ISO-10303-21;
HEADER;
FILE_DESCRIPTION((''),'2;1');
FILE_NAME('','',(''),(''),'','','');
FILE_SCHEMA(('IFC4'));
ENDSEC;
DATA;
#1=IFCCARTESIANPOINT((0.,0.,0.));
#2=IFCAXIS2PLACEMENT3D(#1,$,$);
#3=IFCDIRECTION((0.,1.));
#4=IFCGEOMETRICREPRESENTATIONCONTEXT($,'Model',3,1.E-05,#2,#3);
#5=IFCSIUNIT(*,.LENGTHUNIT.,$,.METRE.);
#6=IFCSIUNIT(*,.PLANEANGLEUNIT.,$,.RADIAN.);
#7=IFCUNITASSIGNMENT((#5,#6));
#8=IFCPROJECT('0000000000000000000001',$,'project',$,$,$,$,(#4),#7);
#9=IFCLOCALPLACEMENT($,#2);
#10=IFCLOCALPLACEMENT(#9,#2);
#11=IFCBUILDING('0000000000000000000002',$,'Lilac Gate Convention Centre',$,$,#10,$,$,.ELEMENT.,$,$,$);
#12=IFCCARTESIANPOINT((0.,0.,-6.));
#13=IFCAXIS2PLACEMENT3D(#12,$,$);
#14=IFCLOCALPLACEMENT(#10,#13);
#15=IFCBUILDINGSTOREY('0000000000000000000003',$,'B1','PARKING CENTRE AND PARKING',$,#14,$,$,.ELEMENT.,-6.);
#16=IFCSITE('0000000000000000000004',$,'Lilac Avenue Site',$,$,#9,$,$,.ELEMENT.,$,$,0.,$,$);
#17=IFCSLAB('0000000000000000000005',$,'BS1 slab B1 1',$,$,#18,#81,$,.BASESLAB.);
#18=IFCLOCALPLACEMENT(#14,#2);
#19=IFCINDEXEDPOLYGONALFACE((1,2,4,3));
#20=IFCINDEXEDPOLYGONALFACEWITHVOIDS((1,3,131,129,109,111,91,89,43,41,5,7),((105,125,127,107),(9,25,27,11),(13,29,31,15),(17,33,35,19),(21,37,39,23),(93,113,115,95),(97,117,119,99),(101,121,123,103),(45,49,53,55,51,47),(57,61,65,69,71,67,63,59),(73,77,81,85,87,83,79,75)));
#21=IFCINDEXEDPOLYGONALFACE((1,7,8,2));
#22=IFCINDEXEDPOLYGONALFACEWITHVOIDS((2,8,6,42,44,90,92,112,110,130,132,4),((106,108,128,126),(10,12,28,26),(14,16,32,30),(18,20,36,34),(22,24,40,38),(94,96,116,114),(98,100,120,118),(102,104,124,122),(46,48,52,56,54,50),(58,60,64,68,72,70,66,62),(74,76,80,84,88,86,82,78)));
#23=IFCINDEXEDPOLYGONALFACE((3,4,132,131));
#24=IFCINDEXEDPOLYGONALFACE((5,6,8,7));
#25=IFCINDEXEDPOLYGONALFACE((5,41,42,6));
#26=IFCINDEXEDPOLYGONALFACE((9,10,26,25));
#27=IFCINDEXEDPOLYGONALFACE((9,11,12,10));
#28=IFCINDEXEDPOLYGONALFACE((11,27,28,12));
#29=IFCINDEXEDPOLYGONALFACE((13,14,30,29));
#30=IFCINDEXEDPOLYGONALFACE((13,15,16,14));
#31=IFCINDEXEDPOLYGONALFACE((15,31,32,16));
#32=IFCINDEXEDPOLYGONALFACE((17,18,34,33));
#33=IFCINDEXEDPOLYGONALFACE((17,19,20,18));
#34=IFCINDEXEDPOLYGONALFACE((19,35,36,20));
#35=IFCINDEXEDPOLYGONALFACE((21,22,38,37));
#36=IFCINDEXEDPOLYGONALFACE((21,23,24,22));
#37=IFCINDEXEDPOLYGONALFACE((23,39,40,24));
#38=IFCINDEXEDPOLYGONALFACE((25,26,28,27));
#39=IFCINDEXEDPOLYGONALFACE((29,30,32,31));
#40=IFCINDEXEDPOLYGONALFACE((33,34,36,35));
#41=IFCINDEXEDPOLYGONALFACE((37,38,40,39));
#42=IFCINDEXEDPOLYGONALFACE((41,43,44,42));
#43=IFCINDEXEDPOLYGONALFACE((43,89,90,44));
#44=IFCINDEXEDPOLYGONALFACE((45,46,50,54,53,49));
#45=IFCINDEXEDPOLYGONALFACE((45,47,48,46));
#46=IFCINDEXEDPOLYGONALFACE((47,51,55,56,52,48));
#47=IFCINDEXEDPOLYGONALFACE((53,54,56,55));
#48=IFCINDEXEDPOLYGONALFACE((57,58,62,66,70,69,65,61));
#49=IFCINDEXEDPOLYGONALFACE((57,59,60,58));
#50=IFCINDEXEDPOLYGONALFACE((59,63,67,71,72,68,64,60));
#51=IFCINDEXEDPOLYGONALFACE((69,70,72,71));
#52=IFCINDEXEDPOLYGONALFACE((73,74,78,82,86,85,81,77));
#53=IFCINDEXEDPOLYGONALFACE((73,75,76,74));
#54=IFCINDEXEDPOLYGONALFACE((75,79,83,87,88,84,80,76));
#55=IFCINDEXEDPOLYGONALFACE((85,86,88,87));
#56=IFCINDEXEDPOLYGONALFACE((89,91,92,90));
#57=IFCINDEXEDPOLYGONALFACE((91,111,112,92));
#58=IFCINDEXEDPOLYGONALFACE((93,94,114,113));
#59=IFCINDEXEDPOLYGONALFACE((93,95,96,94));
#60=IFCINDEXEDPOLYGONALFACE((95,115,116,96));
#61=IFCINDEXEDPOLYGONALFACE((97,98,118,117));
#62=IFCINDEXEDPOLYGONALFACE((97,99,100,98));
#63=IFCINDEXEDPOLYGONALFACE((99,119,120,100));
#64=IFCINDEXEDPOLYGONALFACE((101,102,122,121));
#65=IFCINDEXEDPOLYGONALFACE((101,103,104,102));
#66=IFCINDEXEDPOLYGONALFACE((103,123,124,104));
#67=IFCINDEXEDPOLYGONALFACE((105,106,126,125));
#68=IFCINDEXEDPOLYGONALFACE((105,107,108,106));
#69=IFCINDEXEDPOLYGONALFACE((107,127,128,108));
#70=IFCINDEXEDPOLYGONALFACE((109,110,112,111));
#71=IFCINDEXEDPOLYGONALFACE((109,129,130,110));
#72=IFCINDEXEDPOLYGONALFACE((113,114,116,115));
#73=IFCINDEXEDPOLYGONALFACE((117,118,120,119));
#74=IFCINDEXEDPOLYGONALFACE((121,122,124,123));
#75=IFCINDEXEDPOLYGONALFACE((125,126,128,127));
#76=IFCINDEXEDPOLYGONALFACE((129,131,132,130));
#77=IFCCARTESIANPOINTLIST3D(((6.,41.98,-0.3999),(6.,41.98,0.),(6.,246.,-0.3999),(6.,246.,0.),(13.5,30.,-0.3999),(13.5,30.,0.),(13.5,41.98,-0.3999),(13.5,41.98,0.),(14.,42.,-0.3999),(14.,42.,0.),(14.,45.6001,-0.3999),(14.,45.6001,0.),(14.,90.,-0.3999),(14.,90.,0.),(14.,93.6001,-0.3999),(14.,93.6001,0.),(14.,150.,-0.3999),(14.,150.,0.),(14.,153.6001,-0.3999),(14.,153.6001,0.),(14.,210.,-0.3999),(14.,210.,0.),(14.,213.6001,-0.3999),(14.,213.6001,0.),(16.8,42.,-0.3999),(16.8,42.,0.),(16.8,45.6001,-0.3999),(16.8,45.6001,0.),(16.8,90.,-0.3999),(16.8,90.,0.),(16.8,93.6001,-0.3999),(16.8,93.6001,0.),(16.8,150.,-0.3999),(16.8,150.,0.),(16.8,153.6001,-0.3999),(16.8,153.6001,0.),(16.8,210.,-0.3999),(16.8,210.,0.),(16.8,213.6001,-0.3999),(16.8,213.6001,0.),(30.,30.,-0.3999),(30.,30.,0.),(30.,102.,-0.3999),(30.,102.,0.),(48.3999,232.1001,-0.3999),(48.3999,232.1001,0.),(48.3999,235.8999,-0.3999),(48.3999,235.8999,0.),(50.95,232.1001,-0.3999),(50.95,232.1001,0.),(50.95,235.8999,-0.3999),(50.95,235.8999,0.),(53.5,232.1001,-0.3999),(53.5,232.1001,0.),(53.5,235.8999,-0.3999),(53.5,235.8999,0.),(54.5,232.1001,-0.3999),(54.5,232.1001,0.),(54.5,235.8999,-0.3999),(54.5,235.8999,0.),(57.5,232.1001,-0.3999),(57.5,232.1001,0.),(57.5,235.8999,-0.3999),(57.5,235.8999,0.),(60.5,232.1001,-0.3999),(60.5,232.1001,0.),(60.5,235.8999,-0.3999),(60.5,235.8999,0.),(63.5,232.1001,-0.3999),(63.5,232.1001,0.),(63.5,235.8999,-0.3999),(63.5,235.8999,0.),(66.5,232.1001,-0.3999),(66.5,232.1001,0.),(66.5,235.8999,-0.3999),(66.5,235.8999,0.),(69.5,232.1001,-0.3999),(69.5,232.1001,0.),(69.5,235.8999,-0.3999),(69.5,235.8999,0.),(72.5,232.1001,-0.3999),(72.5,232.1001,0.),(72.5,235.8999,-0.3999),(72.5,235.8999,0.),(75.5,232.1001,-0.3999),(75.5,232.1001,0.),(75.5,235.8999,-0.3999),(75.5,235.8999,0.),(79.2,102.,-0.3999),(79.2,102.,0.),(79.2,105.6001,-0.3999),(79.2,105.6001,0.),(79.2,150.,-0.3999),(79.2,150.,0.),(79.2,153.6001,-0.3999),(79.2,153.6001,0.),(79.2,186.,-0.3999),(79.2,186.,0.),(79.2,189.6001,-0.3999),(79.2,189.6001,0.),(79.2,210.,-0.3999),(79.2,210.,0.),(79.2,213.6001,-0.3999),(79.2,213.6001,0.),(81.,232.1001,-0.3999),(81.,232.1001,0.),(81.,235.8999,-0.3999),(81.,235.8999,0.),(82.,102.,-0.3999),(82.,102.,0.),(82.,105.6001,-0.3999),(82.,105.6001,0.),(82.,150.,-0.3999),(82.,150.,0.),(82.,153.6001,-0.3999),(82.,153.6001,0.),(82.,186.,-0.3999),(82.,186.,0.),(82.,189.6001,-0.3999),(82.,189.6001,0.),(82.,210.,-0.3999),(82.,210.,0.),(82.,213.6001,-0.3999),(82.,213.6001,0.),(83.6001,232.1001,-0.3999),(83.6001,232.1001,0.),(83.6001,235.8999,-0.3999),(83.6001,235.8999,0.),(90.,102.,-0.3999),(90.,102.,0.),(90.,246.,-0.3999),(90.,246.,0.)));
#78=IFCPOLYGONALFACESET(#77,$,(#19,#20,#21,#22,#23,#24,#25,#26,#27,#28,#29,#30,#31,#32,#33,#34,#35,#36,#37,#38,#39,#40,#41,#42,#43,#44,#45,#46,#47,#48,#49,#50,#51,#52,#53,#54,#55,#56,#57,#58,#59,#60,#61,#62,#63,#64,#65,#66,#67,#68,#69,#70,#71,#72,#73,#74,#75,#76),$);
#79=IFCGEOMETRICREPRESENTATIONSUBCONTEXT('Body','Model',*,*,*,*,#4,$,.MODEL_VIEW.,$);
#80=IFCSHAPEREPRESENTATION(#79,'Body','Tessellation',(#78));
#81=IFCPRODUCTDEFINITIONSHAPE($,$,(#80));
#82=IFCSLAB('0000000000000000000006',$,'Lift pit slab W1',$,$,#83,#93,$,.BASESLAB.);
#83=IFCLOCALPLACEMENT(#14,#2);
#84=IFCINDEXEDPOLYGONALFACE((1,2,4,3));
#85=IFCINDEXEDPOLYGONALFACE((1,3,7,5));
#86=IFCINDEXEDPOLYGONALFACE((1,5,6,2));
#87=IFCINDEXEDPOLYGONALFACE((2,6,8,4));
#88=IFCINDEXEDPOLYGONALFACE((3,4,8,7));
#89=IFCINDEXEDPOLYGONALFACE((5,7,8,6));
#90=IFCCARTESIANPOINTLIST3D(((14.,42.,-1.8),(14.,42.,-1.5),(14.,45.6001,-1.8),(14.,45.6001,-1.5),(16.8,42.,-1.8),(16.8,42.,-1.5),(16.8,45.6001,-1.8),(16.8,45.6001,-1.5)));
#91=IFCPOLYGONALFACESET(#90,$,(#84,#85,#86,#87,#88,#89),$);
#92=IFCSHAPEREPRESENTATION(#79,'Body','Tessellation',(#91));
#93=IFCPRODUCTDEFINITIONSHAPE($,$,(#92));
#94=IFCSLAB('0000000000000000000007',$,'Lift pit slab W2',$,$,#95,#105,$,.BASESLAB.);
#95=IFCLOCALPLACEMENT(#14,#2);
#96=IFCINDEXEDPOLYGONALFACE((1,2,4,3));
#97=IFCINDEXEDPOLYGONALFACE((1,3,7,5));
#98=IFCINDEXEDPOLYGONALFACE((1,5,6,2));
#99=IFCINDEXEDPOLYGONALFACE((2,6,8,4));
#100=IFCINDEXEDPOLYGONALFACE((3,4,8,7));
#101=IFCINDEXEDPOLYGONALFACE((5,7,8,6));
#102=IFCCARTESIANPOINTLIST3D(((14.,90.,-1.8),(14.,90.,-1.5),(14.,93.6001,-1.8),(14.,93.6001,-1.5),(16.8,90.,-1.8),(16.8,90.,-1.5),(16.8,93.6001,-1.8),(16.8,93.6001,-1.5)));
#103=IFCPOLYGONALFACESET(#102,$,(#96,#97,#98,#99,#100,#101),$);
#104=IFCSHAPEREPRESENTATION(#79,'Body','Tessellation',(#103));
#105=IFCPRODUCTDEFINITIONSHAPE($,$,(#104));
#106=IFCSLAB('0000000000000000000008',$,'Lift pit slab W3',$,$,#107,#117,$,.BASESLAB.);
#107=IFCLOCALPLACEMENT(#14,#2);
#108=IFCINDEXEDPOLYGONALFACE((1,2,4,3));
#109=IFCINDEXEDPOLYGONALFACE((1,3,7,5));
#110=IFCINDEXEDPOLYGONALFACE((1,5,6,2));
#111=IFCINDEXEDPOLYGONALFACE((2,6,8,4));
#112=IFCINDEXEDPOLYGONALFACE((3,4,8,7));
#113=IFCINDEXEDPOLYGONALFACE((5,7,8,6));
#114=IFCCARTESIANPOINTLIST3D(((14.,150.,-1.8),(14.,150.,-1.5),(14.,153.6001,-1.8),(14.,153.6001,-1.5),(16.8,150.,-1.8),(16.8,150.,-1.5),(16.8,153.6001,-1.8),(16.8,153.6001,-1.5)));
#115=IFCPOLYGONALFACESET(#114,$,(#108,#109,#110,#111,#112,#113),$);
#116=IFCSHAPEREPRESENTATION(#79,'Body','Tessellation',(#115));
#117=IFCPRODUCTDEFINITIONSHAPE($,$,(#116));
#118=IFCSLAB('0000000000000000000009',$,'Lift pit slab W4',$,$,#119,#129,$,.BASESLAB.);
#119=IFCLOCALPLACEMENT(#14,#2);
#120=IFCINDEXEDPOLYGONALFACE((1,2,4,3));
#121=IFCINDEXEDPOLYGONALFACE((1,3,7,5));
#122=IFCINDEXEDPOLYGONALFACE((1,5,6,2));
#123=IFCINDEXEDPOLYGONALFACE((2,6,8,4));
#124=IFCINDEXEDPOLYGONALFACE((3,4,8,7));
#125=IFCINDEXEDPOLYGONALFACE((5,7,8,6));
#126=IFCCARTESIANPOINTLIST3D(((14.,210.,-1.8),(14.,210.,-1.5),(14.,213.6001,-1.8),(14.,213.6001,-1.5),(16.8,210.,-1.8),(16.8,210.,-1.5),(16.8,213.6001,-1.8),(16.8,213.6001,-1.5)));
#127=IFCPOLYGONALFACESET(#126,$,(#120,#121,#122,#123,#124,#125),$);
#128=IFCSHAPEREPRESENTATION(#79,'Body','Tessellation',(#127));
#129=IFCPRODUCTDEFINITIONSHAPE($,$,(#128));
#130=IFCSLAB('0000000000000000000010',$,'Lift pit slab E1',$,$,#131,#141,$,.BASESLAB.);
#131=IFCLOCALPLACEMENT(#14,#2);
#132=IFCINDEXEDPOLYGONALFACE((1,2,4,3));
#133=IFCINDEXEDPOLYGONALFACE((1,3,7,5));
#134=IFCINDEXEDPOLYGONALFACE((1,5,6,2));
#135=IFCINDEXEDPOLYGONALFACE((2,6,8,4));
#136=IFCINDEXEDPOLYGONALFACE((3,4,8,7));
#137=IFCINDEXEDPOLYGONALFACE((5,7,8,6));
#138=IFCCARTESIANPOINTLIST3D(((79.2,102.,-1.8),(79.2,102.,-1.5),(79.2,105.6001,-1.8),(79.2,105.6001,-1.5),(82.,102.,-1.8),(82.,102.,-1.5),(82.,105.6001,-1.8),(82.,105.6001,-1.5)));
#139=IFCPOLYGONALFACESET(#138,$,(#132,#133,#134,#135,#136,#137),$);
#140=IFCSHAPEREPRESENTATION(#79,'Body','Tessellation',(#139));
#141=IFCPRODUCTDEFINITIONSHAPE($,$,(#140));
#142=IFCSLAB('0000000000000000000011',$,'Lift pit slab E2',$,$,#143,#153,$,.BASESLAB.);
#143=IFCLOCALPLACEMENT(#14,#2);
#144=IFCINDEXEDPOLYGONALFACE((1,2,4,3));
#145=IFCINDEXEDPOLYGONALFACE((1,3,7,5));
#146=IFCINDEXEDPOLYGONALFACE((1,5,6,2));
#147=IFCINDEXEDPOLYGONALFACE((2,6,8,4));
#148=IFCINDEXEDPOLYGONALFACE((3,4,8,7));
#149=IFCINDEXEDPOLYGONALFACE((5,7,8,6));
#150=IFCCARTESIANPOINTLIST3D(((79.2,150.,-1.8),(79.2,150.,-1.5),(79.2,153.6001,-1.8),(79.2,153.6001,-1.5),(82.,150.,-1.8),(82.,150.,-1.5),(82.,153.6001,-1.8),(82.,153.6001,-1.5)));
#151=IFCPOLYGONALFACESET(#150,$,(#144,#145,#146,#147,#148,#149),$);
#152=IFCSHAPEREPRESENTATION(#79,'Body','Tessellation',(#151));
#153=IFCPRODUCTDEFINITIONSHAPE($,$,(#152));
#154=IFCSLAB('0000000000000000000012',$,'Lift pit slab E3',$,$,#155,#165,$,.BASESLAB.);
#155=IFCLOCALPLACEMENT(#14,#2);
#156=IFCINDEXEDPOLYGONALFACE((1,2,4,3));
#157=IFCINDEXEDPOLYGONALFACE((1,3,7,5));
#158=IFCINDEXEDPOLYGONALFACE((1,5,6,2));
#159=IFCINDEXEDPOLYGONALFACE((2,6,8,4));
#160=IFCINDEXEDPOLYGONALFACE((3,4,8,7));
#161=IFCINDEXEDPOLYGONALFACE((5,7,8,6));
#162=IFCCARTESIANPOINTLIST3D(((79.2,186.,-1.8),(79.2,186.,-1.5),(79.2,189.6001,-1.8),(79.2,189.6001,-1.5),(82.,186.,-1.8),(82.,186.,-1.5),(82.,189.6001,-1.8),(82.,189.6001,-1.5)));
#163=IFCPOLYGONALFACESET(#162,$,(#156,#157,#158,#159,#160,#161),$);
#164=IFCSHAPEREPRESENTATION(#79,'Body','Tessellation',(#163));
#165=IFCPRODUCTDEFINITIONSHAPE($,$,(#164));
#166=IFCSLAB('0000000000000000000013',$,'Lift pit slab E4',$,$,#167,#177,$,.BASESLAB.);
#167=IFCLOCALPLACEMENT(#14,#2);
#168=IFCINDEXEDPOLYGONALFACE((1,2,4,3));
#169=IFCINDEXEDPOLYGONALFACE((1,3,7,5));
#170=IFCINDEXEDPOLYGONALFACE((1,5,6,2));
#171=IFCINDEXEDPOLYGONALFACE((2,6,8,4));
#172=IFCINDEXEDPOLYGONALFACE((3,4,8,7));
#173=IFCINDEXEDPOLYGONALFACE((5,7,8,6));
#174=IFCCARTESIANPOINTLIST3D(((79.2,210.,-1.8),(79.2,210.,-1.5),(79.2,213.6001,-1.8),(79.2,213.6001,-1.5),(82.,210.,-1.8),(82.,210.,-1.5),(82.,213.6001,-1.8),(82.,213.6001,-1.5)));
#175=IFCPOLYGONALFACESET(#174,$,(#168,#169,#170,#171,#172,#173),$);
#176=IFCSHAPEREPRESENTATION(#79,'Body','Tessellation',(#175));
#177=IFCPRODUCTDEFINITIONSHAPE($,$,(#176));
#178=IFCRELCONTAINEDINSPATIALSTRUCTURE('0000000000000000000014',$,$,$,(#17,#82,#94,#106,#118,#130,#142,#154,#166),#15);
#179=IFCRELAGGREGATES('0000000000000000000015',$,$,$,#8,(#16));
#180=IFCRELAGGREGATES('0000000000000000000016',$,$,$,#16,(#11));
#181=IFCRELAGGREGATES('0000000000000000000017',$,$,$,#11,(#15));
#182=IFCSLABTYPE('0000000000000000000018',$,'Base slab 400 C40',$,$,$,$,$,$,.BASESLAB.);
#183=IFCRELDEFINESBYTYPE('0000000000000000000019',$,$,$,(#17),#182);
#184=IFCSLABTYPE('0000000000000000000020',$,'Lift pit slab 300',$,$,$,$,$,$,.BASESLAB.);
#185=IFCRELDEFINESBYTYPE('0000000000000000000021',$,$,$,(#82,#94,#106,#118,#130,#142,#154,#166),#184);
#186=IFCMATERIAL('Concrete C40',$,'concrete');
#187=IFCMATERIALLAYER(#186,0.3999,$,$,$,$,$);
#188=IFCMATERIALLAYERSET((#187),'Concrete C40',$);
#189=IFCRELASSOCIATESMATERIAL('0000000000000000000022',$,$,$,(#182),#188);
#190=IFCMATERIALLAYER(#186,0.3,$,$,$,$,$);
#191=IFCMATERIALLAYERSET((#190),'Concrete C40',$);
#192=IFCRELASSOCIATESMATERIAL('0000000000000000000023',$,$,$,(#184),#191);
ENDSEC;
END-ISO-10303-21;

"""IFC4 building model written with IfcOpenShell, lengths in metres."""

from ifc_helpers import new_model, si_unit, direction, frame, origin, place, context, subcontext, project, spatial, polyline, outline, extrude, material, layer, layer_set, type_object, element, save


model = new_model("IFC4")

# Units and contexts
model_context = context("Model", 3, precision=1e-05, world=origin(), true_north=direction((0.0, 1.0)))
body_context = subcontext(model_context, "Body", "Model", "MODEL_VIEW")
ifc_project = project(units=[si_unit("LENGTHUNIT", "METRE"), si_unit("PLANEANGLEUNIT", "RADIAN")], contexts=[model_context])

# Site, building, storey
site_placement = place(None, origin())
site = spatial("IfcSite", under=ifc_project, at=site_placement, Name="Lilac Avenue Site", CompositionType="ELEMENT", RefElevation=0.0)
building_placement = place(site_placement, origin())
building = spatial("IfcBuilding", under=site, at=building_placement, Name="Lilac Gate Convention Centre", CompositionType="ELEMENT")
storey_placement = place(building_placement, frame((0.0, 0.0, -6.0)))
storey = spatial("IfcBuildingStorey", under=building, at=storey_placement, Name="B1", Description="PARKING CENTRE AND PARKING", CompositionType="ELEMENT", Elevation=-6.0)

# Shared definitions
ifc_material_1 = material(Name="Concrete C40", Category="concrete")

# Slabs
ifc_layer_1 = layer(ifc_material_1, 0.3999)
ifc_layer_set_1 = layer_set([ifc_layer_1], Name="Concrete C40")
slab_type_1 = type_object("IfcSlabType", Name="Base slab 400 C40", PredefinedType="BASESLAB", material=ifc_layer_set_1)
slab_1_placement = place(storey_placement, frame((0.0, 0.0, -0.3999)))
element("IfcSlab", 1, at=slab_1_placement, inside=storey, type_object=slab_type_1, Name="BS1 slab B1 1", PredefinedType="BASESLAB", context=body_context, shape_type="SweptSolid", body=[
    extrude(outline(polyline([(90.0, 246.0), (90.0, 102.0), (82.0, 102.0), (82.0, 105.6001), (79.2, 105.6001), (79.2, 102.0), (30.0, 102.0), (30.0, 30.0), (13.5, 30.0), (13.5, 41.98), (6.0, 41.98), (6.0, 246.0), (90.0, 246.0)]), holes=[polyline([(16.8, 45.6001), (14.0, 45.6001), (14.0, 42.0), (16.8, 42.0), (16.8, 45.6001)]), polyline([(16.8, 93.6001), (14.0, 93.6001), (14.0, 90.0), (16.8, 90.0), (16.8, 93.6001)]), polyline([(16.8, 153.6001), (14.0, 153.6001), (14.0, 150.0), (16.8, 150.0), (16.8, 153.6001)]), polyline([(16.8, 213.6001), (14.0, 213.6001), (14.0, 210.0), (16.8, 210.0), (16.8, 213.6001)]), polyline([(50.95, 235.8999), (48.3999, 235.8999), (48.3999, 232.1001), (50.95, 232.1001), (53.5, 232.1001), (53.5, 235.8999), (50.95, 235.8999)]), polyline([(57.5, 235.8999), (54.5, 235.8999), (54.5, 232.1001), (57.5, 232.1001), (60.5, 232.1001), (63.5, 232.1001), (63.5, 235.8999), (60.5, 235.8999), (57.5, 235.8999)]), polyline([(82.0, 153.6001), (79.2, 153.6001), (79.2, 150.0), (82.0, 150.0), (82.0, 153.6001)]), polyline([(82.0, 189.6001), (79.2, 189.6001), (79.2, 186.0), (82.0, 186.0), (82.0, 189.6001)]), polyline([(82.0, 213.6001), (79.2, 213.6001), (79.2, 210.0), (82.0, 210.0), (82.0, 213.6001)]), polyline([(69.5, 235.8999), (66.5, 235.8999), (66.5, 232.1001), (69.5, 232.1001), (72.5, 232.1001), (75.5, 232.1001), (75.5, 235.8999), (72.5, 235.8999), (69.5, 235.8999)]), polyline([(83.6001, 232.1001), (83.6001, 235.8999), (81.0, 235.8999), (81.0, 232.1001), (83.6001, 232.1001)])]), origin(), (0.0, 0.0, 1.0), 0.3999),
])
ifc_layer_2 = layer(ifc_material_1, 0.3)
ifc_layer_set_2 = layer_set([ifc_layer_2], Name="Concrete C40")
slab_type_2 = type_object("IfcSlabType", Name="Lift pit slab 300", PredefinedType="BASESLAB", material=ifc_layer_set_2)
slab_2_placement = place(storey_placement, frame((0.0, 0.0, -1.8)))
element("IfcSlab", 2, at=slab_2_placement, inside=storey, type_object=slab_type_2, Name="Lift pit slab W1", PredefinedType="BASESLAB", context=body_context, shape_type="SweptSolid", body=[
    extrude(outline(polyline([(14.0, 42.0), (16.8, 42.0), (16.8, 45.6001), (14.0, 45.6001), (14.0, 42.0)])), origin(), (0.0, 0.0, 1.0), 0.3),
])
slab_3_placement = place(storey_placement, frame((0.0, 0.0, -1.8)))
element("IfcSlab", 3, at=slab_3_placement, inside=storey, type_object=slab_type_2, Name="Lift pit slab W2", PredefinedType="BASESLAB", context=body_context, shape_type="SweptSolid", body=[
    extrude(outline(polyline([(14.0, 90.0), (16.8, 90.0), (16.8, 93.6001), (14.0, 93.6001), (14.0, 90.0)])), origin(), (0.0, 0.0, 1.0), 0.3),
])
slab_4_placement = place(storey_placement, frame((0.0, 0.0, -1.8)))
element("IfcSlab", 4, at=slab_4_placement, inside=storey, type_object=slab_type_2, Name="Lift pit slab W3", PredefinedType="BASESLAB", context=body_context, shape_type="SweptSolid", body=[
    extrude(outline(polyline([(14.0, 150.0), (16.8, 150.0), (16.8, 153.6001), (14.0, 153.6001), (14.0, 150.0)])), origin(), (0.0, 0.0, 1.0), 0.3),
])
slab_5_placement = place(storey_placement, frame((0.0, 0.0, -1.8)))
element("IfcSlab", 5, at=slab_5_placement, inside=storey, type_object=slab_type_2, Name="Lift pit slab W4", PredefinedType="BASESLAB", context=body_context, shape_type="SweptSolid", body=[
    extrude(outline(polyline([(14.0, 210.0), (16.8, 210.0), (16.8, 213.6001), (14.0, 213.6001), (14.0, 210.0)])), origin(), (0.0, 0.0, 1.0), 0.3),
])
slab_6_placement = place(storey_placement, frame((0.0, 0.0, -1.8)))
element("IfcSlab", 6, at=slab_6_placement, inside=storey, type_object=slab_type_2, Name="Lift pit slab E1", PredefinedType="BASESLAB", context=body_context, shape_type="SweptSolid", body=[
    extrude(outline(polyline([(79.2, 102.0), (82.0, 102.0), (82.0, 105.6001), (79.2, 105.6001), (79.2, 102.0)])), origin(), (0.0, 0.0, 1.0), 0.3),
])
slab_7_placement = place(storey_placement, frame((0.0, 0.0, -1.8)))
element("IfcSlab", 7, at=slab_7_placement, inside=storey, type_object=slab_type_2, Name="Lift pit slab E2", PredefinedType="BASESLAB", context=body_context, shape_type="SweptSolid", body=[
    extrude(outline(polyline([(79.2, 150.0), (82.0, 150.0), (82.0, 153.6001), (79.2, 153.6001), (79.2, 150.0)])), origin(), (0.0, 0.0, 1.0), 0.3),
])
slab_8_placement = place(storey_placement, frame((0.0, 0.0, -1.8)))
element("IfcSlab", 8, at=slab_8_placement, inside=storey, type_object=slab_type_2, Name="Lift pit slab E3", PredefinedType="BASESLAB", context=body_context, shape_type="SweptSolid", body=[
    extrude(outline(polyline([(79.2, 186.0), (82.0, 186.0), (82.0, 189.6001), (79.2, 189.6001), (79.2, 186.0)])), origin(), (0.0, 0.0, 1.0), 0.3),
])
slab_9_placement = place(storey_placement, frame((0.0, 0.0, -1.8)))
element("IfcSlab", 9, at=slab_9_placement, inside=storey, type_object=slab_type_2, Name="Lift pit slab E4", PredefinedType="BASESLAB", context=body_context, shape_type="SweptSolid", body=[
    extrude(outline(polyline([(79.2, 210.0), (82.0, 210.0), (82.0, 213.6001), (79.2, 213.6001), (79.2, 210.0)])), origin(), (0.0, 0.0, 1.0), 0.3),
])

save(model, "model.ifc")
